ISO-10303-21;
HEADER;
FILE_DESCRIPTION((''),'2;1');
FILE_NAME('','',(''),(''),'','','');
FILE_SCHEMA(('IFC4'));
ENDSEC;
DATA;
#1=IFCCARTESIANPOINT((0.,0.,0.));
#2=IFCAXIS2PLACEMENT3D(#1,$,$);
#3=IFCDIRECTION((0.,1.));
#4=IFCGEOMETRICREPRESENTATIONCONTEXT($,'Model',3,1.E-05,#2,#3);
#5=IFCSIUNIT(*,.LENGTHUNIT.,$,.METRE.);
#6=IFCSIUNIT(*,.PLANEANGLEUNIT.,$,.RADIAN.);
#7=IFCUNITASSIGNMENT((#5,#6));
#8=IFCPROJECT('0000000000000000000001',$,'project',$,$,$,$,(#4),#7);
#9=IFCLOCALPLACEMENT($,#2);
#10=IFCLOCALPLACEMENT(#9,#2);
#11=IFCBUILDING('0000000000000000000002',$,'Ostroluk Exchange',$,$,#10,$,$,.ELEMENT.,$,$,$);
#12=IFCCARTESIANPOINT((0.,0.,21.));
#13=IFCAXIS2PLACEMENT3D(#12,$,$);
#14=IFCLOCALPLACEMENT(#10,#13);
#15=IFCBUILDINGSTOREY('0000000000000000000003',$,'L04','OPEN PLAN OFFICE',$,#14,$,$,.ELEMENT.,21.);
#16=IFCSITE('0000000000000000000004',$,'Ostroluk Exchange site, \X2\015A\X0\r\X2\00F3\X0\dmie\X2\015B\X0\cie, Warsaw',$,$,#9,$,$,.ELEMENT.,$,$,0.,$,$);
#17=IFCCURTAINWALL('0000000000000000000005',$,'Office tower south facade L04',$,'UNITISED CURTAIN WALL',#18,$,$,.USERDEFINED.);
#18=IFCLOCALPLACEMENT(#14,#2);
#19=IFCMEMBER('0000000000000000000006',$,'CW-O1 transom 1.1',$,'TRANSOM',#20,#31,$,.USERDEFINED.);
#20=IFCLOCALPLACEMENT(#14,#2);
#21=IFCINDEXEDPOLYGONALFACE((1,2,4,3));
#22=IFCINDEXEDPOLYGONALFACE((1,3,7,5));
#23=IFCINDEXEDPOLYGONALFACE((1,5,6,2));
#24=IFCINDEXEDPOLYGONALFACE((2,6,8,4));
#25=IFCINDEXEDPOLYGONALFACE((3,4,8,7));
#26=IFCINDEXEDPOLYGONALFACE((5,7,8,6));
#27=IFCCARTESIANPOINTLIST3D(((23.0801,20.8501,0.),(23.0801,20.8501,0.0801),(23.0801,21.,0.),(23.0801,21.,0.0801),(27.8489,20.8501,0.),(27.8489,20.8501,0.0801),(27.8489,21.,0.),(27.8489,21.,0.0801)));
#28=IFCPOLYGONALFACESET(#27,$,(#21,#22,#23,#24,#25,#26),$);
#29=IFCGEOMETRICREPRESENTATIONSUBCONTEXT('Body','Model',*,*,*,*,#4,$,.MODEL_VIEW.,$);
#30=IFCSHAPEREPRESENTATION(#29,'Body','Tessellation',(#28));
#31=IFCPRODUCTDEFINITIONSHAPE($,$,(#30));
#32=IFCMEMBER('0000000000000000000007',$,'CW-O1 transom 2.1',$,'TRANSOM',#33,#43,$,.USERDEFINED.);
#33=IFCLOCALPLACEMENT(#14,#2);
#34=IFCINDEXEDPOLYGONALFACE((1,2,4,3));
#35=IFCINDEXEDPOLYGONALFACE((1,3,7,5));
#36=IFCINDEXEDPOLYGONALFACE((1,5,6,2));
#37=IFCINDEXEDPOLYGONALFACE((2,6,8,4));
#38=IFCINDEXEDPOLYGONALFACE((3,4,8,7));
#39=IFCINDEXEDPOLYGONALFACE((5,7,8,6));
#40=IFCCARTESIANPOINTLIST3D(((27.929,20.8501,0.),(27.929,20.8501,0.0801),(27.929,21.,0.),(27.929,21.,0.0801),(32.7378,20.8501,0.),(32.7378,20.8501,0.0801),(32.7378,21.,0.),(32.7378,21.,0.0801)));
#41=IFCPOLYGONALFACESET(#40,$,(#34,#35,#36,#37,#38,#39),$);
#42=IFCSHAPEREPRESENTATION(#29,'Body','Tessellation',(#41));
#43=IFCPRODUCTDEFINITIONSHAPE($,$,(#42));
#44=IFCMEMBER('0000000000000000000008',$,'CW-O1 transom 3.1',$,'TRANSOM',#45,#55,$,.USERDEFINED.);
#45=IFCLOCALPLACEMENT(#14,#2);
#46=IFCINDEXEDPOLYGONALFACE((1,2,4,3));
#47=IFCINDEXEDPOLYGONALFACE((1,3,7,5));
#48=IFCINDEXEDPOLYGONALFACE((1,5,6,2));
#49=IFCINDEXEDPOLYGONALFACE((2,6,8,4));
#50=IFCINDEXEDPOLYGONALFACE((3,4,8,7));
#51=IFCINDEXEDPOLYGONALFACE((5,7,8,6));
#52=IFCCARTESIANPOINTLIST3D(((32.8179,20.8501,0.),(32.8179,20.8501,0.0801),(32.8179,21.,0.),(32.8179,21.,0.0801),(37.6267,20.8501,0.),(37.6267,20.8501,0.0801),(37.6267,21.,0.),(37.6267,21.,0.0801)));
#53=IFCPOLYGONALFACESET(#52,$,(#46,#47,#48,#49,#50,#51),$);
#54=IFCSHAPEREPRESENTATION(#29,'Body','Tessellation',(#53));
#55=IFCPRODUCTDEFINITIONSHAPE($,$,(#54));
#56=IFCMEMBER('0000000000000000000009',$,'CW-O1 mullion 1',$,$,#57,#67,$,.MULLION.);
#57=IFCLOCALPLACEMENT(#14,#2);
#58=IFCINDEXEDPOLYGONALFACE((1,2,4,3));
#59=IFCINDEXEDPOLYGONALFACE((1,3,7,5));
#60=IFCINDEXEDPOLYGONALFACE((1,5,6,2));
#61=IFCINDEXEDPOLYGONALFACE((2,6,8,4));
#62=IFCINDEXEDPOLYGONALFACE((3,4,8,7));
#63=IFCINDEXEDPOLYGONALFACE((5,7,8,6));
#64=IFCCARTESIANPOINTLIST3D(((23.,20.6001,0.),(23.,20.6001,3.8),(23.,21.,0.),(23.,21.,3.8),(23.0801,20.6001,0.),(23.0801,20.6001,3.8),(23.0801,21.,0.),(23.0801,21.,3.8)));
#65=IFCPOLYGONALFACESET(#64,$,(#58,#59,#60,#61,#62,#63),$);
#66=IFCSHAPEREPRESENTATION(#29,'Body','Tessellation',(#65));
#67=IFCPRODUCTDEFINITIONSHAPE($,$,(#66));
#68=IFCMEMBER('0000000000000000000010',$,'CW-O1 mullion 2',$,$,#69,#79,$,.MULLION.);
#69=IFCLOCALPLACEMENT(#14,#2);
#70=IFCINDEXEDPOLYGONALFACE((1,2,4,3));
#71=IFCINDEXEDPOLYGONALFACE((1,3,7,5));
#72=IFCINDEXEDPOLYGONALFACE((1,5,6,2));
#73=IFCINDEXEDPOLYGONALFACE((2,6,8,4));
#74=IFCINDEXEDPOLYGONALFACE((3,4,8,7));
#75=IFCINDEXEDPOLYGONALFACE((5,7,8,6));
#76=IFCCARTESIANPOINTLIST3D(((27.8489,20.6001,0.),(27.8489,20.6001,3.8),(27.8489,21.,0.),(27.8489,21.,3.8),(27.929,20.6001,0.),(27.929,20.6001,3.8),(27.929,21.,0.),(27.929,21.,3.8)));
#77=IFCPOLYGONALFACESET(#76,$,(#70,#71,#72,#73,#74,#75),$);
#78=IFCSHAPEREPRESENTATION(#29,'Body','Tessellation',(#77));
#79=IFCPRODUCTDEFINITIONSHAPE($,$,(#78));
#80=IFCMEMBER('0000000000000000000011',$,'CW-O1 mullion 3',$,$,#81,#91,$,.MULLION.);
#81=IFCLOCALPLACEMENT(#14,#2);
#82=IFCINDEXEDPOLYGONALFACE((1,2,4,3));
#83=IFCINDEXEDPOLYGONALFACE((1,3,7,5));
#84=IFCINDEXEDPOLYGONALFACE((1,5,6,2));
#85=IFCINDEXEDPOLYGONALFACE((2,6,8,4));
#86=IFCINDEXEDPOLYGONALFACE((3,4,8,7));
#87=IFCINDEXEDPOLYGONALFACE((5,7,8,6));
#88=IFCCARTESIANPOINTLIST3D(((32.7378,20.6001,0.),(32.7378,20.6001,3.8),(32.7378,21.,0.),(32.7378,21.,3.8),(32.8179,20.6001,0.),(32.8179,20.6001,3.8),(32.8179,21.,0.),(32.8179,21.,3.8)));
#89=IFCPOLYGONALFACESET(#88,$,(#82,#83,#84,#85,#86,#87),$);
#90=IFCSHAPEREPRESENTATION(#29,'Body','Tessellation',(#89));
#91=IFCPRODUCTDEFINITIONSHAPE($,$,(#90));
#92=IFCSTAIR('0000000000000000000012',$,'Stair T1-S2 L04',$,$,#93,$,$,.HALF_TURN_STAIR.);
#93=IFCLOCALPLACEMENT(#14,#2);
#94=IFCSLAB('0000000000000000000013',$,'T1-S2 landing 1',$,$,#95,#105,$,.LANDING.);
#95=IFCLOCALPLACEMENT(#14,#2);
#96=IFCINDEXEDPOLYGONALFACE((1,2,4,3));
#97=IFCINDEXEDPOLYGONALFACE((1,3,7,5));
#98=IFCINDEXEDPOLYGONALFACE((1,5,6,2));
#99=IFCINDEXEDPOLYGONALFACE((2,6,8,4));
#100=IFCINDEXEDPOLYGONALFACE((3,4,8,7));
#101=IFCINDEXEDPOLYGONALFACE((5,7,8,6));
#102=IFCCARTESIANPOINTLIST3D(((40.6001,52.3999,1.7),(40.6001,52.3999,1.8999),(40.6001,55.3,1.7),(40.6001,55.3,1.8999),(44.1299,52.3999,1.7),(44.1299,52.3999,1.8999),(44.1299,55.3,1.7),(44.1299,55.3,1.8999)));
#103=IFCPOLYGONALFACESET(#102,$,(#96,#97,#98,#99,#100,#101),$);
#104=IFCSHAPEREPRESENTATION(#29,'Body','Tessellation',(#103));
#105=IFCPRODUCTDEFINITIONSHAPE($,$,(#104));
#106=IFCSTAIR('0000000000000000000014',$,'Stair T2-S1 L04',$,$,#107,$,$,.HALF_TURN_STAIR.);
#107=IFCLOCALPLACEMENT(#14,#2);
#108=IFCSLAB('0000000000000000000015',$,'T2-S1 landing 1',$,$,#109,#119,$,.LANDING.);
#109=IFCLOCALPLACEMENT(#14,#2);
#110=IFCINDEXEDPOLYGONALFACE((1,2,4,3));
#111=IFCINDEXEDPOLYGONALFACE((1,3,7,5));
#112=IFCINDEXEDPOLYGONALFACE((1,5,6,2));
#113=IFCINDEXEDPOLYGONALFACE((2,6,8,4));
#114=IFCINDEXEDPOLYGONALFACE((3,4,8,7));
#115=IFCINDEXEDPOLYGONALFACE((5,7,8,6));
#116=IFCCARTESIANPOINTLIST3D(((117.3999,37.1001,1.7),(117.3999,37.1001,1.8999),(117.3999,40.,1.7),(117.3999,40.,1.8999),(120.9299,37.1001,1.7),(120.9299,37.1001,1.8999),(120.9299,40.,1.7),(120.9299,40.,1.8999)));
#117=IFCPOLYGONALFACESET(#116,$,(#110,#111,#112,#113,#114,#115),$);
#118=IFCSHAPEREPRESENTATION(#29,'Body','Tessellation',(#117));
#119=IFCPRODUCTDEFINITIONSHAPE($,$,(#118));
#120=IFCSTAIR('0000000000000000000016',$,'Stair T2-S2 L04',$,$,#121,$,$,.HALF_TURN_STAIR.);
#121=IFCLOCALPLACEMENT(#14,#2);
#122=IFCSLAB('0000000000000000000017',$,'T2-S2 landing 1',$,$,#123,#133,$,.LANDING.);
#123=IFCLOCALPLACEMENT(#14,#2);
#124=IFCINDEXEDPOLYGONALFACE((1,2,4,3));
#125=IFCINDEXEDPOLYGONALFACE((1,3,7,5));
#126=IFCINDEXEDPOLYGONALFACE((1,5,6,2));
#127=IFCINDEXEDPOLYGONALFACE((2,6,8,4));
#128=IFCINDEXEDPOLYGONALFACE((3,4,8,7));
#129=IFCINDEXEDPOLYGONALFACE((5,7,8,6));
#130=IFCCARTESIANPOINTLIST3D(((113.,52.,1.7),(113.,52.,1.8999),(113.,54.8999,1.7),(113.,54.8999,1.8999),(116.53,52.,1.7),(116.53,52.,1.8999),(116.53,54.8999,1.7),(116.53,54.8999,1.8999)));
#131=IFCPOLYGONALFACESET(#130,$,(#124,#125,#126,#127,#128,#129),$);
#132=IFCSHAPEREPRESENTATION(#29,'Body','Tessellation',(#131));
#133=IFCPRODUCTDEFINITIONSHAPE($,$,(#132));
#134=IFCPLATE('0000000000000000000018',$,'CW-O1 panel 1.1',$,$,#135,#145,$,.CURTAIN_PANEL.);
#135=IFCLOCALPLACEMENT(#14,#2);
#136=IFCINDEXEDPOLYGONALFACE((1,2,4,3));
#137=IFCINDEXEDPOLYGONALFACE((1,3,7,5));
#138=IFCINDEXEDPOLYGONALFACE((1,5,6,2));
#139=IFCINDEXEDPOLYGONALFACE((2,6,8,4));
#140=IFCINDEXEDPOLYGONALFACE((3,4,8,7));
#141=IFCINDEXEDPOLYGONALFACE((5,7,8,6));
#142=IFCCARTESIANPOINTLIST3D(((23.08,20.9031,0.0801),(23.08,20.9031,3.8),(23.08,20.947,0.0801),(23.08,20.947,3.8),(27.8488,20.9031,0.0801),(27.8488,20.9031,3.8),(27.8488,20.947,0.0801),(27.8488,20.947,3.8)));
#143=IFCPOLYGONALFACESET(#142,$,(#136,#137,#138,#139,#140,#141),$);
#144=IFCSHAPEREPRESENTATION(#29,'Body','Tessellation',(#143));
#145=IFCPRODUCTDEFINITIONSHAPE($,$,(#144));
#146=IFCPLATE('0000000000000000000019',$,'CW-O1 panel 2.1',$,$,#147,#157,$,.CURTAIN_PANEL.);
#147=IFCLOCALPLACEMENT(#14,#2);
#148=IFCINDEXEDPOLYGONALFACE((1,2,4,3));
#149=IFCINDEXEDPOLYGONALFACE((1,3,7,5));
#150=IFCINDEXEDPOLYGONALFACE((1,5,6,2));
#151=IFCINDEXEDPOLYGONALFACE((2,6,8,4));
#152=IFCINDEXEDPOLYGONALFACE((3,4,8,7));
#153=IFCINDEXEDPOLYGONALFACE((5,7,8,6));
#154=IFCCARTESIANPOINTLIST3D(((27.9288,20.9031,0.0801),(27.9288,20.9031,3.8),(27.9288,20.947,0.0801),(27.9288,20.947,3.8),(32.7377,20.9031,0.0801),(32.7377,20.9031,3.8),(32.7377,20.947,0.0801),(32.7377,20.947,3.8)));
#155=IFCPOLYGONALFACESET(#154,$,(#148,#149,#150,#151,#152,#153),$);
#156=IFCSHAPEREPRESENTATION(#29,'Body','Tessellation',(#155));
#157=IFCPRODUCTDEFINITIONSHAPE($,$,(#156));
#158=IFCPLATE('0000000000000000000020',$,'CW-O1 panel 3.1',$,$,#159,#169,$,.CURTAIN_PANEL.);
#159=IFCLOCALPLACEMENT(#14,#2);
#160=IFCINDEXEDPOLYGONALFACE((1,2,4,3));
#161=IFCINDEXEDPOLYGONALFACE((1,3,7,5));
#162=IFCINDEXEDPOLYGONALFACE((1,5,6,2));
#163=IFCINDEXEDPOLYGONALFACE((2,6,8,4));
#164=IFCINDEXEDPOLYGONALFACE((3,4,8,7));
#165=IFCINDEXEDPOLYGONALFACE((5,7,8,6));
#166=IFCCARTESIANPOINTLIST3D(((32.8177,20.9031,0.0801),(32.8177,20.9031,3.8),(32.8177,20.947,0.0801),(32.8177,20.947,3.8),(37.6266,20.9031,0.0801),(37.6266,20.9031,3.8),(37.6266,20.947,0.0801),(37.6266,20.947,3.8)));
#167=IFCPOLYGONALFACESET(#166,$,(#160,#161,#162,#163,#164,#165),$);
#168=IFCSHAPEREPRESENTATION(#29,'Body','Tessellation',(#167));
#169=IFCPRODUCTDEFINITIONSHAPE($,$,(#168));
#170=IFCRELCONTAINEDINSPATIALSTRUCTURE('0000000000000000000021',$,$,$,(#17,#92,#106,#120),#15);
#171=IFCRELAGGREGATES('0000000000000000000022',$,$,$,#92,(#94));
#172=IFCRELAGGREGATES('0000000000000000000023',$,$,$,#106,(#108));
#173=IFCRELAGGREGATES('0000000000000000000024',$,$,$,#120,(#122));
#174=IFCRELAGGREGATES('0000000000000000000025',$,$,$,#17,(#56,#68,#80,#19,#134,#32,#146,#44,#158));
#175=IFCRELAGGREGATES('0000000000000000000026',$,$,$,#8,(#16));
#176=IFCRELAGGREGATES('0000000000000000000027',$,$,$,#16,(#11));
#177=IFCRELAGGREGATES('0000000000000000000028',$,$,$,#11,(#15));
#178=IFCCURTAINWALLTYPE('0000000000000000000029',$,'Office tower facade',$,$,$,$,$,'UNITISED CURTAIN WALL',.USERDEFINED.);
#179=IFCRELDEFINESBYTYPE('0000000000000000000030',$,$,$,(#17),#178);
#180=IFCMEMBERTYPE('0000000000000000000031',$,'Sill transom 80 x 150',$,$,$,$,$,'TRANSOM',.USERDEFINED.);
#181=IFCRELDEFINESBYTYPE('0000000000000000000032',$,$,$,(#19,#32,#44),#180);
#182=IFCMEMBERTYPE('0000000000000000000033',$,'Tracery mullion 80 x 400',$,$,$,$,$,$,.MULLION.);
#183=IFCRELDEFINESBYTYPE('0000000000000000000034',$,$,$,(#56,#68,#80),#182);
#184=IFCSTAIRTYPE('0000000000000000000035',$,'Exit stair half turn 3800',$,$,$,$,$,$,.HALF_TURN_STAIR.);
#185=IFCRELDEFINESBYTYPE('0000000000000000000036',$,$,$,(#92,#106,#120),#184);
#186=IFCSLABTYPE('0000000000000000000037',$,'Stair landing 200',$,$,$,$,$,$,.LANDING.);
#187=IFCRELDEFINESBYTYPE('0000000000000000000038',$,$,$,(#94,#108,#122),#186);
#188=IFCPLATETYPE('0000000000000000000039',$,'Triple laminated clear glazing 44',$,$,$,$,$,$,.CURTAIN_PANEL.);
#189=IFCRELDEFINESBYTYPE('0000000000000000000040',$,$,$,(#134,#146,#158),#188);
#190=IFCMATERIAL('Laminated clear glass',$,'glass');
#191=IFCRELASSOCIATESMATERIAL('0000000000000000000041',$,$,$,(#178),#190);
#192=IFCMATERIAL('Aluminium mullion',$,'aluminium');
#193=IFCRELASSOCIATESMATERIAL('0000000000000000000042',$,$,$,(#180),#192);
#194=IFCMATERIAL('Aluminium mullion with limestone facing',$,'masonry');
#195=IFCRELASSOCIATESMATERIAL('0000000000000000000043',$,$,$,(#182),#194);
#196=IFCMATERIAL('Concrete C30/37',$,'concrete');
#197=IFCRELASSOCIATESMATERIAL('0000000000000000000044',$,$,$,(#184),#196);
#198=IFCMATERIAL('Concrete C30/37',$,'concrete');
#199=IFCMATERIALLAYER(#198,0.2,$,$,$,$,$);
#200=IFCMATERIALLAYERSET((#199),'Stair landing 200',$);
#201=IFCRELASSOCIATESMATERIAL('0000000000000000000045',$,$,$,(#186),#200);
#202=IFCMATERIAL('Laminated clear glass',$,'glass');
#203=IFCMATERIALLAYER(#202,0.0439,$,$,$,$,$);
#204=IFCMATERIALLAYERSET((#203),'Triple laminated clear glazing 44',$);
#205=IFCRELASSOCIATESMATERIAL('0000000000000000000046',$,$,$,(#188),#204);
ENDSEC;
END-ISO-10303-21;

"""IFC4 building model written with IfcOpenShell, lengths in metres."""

from ifc_helpers import new_model, si_unit, direction, frame, origin, origin_2d, place, context, subcontext, project, spatial, polyline, rectangle, outline, extrude, material, layer, layer_set, material_profile, profile_set, type_object, element, aggregate, save


model = new_model("IFC4")

# Units and contexts
model_context = context("Model", 3, precision=1e-05, world=origin(), true_north=direction((0.0, 1.0)))
body_context = subcontext(model_context, "Body", "Model", "MODEL_VIEW")
ifc_project = project(units=[si_unit("LENGTHUNIT", "METRE"), si_unit("PLANEANGLEUNIT", "RADIAN")], contexts=[model_context])

# Site, building, storey
site_placement = place(None, origin())
site = spatial("IfcSite", under=ifc_project, at=site_placement, Name="Ostroluk Exchange site, Śródmieście, Warsaw", CompositionType="ELEMENT", RefElevation=0.0)
building_placement = place(site_placement, origin())
building = spatial("IfcBuilding", under=site, at=building_placement, Name="Ostroluk Exchange", CompositionType="ELEMENT")
storey_placement = place(building_placement, frame((0.0, 0.0, 21.0)))
storey = spatial("IfcBuildingStorey", under=building, at=storey_placement, Name="L04", Description="OPEN PLAN OFFICE", CompositionType="ELEMENT", Elevation=21.0)

# Curtain wall, members
ifc_material_1 = material(Name="Laminated clear glass", Category="glass")
curtain_wall_type = type_object("IfcCurtainWallType", Name="Office tower facade", ElementType="UNITISED CURTAIN WALL", PredefinedType="USERDEFINED", material=ifc_material_1)
curtain_wall_placement = place(storey_placement, origin())
curtain_wall = element("IfcCurtainWall", 1, at=curtain_wall_placement, inside=storey, type_object=curtain_wall_type, Name="Office tower south facade L04", ObjectType="UNITISED CURTAIN WALL", PredefinedType="USERDEFINED")
ifc_material_2 = material(Name="Aluminium mullion", Category="aluminium")
ifc_material_profile_1 = material_profile(ifc_material_2, rectangle(XDim=0.1499, YDim=0.0801, at=origin_2d()), Name="Sill transom 80 x 150")
ifc_profile_set_1 = profile_set([ifc_material_profile_1], Name="Aluminium mullion")
member_type_1 = type_object("IfcMemberType", Name="Sill transom 80 x 150", ElementType="TRANSOM", PredefinedType="USERDEFINED", material=ifc_profile_set_1)
member_1_placement = place(storey_placement, frame((23.0801, 20.925, 0.04), z_axis=(1.0, 0.0, 0.0), x_axis=(0.0, 1.0, 0.0)))
member_1 = element("IfcMember", 2, at=member_1_placement, type_object=member_type_1, Name="CW-O1 transom 1.1", ObjectType="TRANSOM", PredefinedType="USERDEFINED", context=body_context, shape_type="SweptSolid", body=[
    extrude(rectangle(XDim=0.1499, YDim=0.0801, at=origin_2d()), origin(), (0.0, 0.0, 1.0), 4.7688),
])
member_2_placement = place(storey_placement, frame((27.929, 20.925, 0.04), z_axis=(1.0, 0.0, 0.0), x_axis=(0.0, 1.0, 0.0)))
member_2 = element("IfcMember", 3, at=member_2_placement, type_object=member_type_1, Name="CW-O1 transom 2.1", ObjectType="TRANSOM", PredefinedType="USERDEFINED", context=body_context, shape_type="SweptSolid", body=[
    extrude(rectangle(XDim=0.1499, YDim=0.0801, at=origin_2d()), origin(), (0.0, 0.0, 1.0), 4.8088),
])
member_3_placement = place(storey_placement, frame((32.8179, 20.925, 0.04), z_axis=(1.0, 0.0, 0.0), x_axis=(0.0, 1.0, 0.0)))
member_3 = element("IfcMember", 4, at=member_3_placement, type_object=member_type_1, Name="CW-O1 transom 3.1", ObjectType="TRANSOM", PredefinedType="USERDEFINED", context=body_context, shape_type="SweptSolid", body=[
    extrude(rectangle(XDim=0.1499, YDim=0.0801, at=origin_2d()), origin(), (0.0, 0.0, 1.0), 4.8088),
])
ifc_material_3 = material(Name="Aluminium mullion with limestone facing", Category="masonry")
ifc_material_profile_2 = material_profile(ifc_material_3, rectangle(XDim=0.3999, YDim=0.0801, at=origin_2d()), Name="Tracery mullion 80 x 400")
ifc_profile_set_2 = profile_set([ifc_material_profile_2], Name="Aluminium mullion with limestone facing")
member_type_2 = type_object("IfcMemberType", Name="Tracery mullion 80 x 400", PredefinedType="MULLION", material=ifc_profile_set_2)
member_4_placement = place(storey_placement, frame((23.04, 20.8, 0.0), z_axis=(0.0, 0.0, 1.0), x_axis=(0.0, 1.0, 0.0)))
member_4 = element("IfcMember", 5, at=member_4_placement, type_object=member_type_2, Name="CW-O1 mullion 1", PredefinedType="MULLION", context=body_context, shape_type="SweptSolid", body=[
    extrude(rectangle(XDim=0.3999, YDim=0.0801, at=origin_2d()), origin(), (0.0, 0.0, 1.0), 3.8),
])
member_5_placement = place(storey_placement, frame((27.8889, 20.8, 0.0), z_axis=(0.0, 0.0, 1.0), x_axis=(0.0, 1.0, 0.0)))
member_5 = element("IfcMember", 6, at=member_5_placement, type_object=member_type_2, Name="CW-O1 mullion 2", PredefinedType="MULLION", context=body_context, shape_type="SweptSolid", body=[
    extrude(rectangle(XDim=0.3999, YDim=0.0801, at=origin_2d()), origin(), (0.0, 0.0, 1.0), 3.8),
])
member_6_placement = place(storey_placement, frame((32.7778, 20.8, 0.0), z_axis=(0.0, 0.0, 1.0), x_axis=(0.0, 1.0, 0.0)))
member_6 = element("IfcMember", 7, at=member_6_placement, type_object=member_type_2, Name="CW-O1 mullion 3", PredefinedType="MULLION", context=body_context, shape_type="SweptSolid", body=[
    extrude(rectangle(XDim=0.3999, YDim=0.0801, at=origin_2d()), origin(), (0.0, 0.0, 1.0), 3.8),
])

# Stairs, slabs
ifc_material_4 = material(Name="Concrete C30/37", Category="concrete")
stair_type = type_object("IfcStairType", Name="Exit stair half turn 3800", PredefinedType="HALF_TURN_STAIR", material=ifc_material_4)
stair_1_placement = place(storey_placement, origin())
stair_1 = element("IfcStair", 8, at=stair_1_placement, inside=storey, type_object=stair_type, Name="Stair T1-S2 L04", PredefinedType="HALF_TURN_STAIR")
ifc_material_5 = material(Name="Concrete C30/37", Category="concrete")
ifc_layer_1 = layer(ifc_material_5, 0.2)
ifc_layer_set_1 = layer_set([ifc_layer_1], Name="Stair landing 200")
slab_type = type_object("IfcSlabType", Name="Stair landing 200", PredefinedType="LANDING", material=ifc_layer_set_1)
slab_1_placement = place(storey_placement, frame((0.0, 0.0, 1.7)))
slab_1 = element("IfcSlab", 9, at=slab_1_placement, type_object=slab_type, Name="T1-S2 landing 1", PredefinedType="LANDING", context=body_context, shape_type="SweptSolid", body=[
    extrude(outline(polyline([(44.1299, 52.3999), (44.1299, 55.3), (40.6001, 55.3), (40.6001, 52.3999), (44.1299, 52.3999)])), origin(), (0.0, 0.0, 1.0), 0.2),
])
aggregate(stair_1, [slab_1])
stair_2_placement = place(storey_placement, origin())
stair_2 = element("IfcStair", 10, at=stair_2_placement, inside=storey, type_object=stair_type, Name="Stair T2-S1 L04", PredefinedType="HALF_TURN_STAIR")
slab_2_placement = place(storey_placement, frame((0.0, 0.0, 1.7)))
slab_2 = element("IfcSlab", 11, at=slab_2_placement, type_object=slab_type, Name="T2-S1 landing 1", PredefinedType="LANDING", context=body_context, shape_type="SweptSolid", body=[
    extrude(outline(polyline([(117.3999, 37.1001), (117.3999, 40.0), (120.9299, 40.0), (120.9299, 37.1001), (117.3999, 37.1001)])), origin(), (0.0, 0.0, 1.0), 0.2),
])
aggregate(stair_2, [slab_2])
stair_3_placement = place(storey_placement, origin())
stair_3 = element("IfcStair", 12, at=stair_3_placement, inside=storey, type_object=stair_type, Name="Stair T2-S2 L04", PredefinedType="HALF_TURN_STAIR")
slab_3_placement = place(storey_placement, frame((0.0, 0.0, 1.7)))
slab_3 = element("IfcSlab", 13, at=slab_3_placement, type_object=slab_type, Name="T2-S2 landing 1", PredefinedType="LANDING", context=body_context, shape_type="SweptSolid", body=[
    extrude(outline(polyline([(116.53, 52.0), (116.53, 54.8999), (113.0, 54.8999), (113.0, 52.0), (116.53, 52.0)])), origin(), (0.0, 0.0, 1.0), 0.2),
])
aggregate(stair_3, [slab_3])

# Plates
ifc_material_6 = material(Name="Laminated clear glass", Category="glass")
ifc_layer_2 = layer(ifc_material_6, 0.0439)
ifc_layer_set_2 = layer_set([ifc_layer_2], Name="Triple laminated clear glazing 44")
plate_type = type_object("IfcPlateType", Name="Triple laminated clear glazing 44", PredefinedType="CURTAIN_PANEL", material=ifc_layer_set_2)
plate_1_placement = place(storey_placement, frame((25.4644, 20.925, 0.0801), z_axis=(0.0, 0.0, 1.0), x_axis=(1.0, 0.0, 0.0)))
plate_1 = element("IfcPlate", 14, at=plate_1_placement, type_object=plate_type, Name="CW-O1 panel 1.1", PredefinedType="CURTAIN_PANEL", context=body_context, shape_type="SweptSolid", body=[
    extrude(rectangle(XDim=4.7688, YDim=0.0439, at=origin_2d()), origin(), (0.0, 0.0, 1.0), 3.72),
])
plate_2_placement = place(storey_placement, frame((30.3333, 20.925, 0.0801), z_axis=(0.0, 0.0, 1.0), x_axis=(1.0, 0.0, 0.0)))
plate_2 = element("IfcPlate", 15, at=plate_2_placement, type_object=plate_type, Name="CW-O1 panel 2.1", PredefinedType="CURTAIN_PANEL", context=body_context, shape_type="SweptSolid", body=[
    extrude(rectangle(XDim=4.8088, YDim=0.0439, at=origin_2d()), origin(), (0.0, 0.0, 1.0), 3.72),
])
plate_3_placement = place(storey_placement, frame((35.2222, 20.925, 0.0801), z_axis=(0.0, 0.0, 1.0), x_axis=(1.0, 0.0, 0.0)))
plate_3 = element("IfcPlate", 16, at=plate_3_placement, type_object=plate_type, Name="CW-O1 panel 3.1", PredefinedType="CURTAIN_PANEL", context=body_context, shape_type="SweptSolid", body=[
    extrude(rectangle(XDim=4.8088, YDim=0.0439, at=origin_2d()), origin(), (0.0, 0.0, 1.0), 3.72),
])
aggregate(curtain_wall, [member_4, member_5, member_6, member_1, plate_1, member_2, plate_2, member_3, plate_3])

save(model, "model.ifc")
